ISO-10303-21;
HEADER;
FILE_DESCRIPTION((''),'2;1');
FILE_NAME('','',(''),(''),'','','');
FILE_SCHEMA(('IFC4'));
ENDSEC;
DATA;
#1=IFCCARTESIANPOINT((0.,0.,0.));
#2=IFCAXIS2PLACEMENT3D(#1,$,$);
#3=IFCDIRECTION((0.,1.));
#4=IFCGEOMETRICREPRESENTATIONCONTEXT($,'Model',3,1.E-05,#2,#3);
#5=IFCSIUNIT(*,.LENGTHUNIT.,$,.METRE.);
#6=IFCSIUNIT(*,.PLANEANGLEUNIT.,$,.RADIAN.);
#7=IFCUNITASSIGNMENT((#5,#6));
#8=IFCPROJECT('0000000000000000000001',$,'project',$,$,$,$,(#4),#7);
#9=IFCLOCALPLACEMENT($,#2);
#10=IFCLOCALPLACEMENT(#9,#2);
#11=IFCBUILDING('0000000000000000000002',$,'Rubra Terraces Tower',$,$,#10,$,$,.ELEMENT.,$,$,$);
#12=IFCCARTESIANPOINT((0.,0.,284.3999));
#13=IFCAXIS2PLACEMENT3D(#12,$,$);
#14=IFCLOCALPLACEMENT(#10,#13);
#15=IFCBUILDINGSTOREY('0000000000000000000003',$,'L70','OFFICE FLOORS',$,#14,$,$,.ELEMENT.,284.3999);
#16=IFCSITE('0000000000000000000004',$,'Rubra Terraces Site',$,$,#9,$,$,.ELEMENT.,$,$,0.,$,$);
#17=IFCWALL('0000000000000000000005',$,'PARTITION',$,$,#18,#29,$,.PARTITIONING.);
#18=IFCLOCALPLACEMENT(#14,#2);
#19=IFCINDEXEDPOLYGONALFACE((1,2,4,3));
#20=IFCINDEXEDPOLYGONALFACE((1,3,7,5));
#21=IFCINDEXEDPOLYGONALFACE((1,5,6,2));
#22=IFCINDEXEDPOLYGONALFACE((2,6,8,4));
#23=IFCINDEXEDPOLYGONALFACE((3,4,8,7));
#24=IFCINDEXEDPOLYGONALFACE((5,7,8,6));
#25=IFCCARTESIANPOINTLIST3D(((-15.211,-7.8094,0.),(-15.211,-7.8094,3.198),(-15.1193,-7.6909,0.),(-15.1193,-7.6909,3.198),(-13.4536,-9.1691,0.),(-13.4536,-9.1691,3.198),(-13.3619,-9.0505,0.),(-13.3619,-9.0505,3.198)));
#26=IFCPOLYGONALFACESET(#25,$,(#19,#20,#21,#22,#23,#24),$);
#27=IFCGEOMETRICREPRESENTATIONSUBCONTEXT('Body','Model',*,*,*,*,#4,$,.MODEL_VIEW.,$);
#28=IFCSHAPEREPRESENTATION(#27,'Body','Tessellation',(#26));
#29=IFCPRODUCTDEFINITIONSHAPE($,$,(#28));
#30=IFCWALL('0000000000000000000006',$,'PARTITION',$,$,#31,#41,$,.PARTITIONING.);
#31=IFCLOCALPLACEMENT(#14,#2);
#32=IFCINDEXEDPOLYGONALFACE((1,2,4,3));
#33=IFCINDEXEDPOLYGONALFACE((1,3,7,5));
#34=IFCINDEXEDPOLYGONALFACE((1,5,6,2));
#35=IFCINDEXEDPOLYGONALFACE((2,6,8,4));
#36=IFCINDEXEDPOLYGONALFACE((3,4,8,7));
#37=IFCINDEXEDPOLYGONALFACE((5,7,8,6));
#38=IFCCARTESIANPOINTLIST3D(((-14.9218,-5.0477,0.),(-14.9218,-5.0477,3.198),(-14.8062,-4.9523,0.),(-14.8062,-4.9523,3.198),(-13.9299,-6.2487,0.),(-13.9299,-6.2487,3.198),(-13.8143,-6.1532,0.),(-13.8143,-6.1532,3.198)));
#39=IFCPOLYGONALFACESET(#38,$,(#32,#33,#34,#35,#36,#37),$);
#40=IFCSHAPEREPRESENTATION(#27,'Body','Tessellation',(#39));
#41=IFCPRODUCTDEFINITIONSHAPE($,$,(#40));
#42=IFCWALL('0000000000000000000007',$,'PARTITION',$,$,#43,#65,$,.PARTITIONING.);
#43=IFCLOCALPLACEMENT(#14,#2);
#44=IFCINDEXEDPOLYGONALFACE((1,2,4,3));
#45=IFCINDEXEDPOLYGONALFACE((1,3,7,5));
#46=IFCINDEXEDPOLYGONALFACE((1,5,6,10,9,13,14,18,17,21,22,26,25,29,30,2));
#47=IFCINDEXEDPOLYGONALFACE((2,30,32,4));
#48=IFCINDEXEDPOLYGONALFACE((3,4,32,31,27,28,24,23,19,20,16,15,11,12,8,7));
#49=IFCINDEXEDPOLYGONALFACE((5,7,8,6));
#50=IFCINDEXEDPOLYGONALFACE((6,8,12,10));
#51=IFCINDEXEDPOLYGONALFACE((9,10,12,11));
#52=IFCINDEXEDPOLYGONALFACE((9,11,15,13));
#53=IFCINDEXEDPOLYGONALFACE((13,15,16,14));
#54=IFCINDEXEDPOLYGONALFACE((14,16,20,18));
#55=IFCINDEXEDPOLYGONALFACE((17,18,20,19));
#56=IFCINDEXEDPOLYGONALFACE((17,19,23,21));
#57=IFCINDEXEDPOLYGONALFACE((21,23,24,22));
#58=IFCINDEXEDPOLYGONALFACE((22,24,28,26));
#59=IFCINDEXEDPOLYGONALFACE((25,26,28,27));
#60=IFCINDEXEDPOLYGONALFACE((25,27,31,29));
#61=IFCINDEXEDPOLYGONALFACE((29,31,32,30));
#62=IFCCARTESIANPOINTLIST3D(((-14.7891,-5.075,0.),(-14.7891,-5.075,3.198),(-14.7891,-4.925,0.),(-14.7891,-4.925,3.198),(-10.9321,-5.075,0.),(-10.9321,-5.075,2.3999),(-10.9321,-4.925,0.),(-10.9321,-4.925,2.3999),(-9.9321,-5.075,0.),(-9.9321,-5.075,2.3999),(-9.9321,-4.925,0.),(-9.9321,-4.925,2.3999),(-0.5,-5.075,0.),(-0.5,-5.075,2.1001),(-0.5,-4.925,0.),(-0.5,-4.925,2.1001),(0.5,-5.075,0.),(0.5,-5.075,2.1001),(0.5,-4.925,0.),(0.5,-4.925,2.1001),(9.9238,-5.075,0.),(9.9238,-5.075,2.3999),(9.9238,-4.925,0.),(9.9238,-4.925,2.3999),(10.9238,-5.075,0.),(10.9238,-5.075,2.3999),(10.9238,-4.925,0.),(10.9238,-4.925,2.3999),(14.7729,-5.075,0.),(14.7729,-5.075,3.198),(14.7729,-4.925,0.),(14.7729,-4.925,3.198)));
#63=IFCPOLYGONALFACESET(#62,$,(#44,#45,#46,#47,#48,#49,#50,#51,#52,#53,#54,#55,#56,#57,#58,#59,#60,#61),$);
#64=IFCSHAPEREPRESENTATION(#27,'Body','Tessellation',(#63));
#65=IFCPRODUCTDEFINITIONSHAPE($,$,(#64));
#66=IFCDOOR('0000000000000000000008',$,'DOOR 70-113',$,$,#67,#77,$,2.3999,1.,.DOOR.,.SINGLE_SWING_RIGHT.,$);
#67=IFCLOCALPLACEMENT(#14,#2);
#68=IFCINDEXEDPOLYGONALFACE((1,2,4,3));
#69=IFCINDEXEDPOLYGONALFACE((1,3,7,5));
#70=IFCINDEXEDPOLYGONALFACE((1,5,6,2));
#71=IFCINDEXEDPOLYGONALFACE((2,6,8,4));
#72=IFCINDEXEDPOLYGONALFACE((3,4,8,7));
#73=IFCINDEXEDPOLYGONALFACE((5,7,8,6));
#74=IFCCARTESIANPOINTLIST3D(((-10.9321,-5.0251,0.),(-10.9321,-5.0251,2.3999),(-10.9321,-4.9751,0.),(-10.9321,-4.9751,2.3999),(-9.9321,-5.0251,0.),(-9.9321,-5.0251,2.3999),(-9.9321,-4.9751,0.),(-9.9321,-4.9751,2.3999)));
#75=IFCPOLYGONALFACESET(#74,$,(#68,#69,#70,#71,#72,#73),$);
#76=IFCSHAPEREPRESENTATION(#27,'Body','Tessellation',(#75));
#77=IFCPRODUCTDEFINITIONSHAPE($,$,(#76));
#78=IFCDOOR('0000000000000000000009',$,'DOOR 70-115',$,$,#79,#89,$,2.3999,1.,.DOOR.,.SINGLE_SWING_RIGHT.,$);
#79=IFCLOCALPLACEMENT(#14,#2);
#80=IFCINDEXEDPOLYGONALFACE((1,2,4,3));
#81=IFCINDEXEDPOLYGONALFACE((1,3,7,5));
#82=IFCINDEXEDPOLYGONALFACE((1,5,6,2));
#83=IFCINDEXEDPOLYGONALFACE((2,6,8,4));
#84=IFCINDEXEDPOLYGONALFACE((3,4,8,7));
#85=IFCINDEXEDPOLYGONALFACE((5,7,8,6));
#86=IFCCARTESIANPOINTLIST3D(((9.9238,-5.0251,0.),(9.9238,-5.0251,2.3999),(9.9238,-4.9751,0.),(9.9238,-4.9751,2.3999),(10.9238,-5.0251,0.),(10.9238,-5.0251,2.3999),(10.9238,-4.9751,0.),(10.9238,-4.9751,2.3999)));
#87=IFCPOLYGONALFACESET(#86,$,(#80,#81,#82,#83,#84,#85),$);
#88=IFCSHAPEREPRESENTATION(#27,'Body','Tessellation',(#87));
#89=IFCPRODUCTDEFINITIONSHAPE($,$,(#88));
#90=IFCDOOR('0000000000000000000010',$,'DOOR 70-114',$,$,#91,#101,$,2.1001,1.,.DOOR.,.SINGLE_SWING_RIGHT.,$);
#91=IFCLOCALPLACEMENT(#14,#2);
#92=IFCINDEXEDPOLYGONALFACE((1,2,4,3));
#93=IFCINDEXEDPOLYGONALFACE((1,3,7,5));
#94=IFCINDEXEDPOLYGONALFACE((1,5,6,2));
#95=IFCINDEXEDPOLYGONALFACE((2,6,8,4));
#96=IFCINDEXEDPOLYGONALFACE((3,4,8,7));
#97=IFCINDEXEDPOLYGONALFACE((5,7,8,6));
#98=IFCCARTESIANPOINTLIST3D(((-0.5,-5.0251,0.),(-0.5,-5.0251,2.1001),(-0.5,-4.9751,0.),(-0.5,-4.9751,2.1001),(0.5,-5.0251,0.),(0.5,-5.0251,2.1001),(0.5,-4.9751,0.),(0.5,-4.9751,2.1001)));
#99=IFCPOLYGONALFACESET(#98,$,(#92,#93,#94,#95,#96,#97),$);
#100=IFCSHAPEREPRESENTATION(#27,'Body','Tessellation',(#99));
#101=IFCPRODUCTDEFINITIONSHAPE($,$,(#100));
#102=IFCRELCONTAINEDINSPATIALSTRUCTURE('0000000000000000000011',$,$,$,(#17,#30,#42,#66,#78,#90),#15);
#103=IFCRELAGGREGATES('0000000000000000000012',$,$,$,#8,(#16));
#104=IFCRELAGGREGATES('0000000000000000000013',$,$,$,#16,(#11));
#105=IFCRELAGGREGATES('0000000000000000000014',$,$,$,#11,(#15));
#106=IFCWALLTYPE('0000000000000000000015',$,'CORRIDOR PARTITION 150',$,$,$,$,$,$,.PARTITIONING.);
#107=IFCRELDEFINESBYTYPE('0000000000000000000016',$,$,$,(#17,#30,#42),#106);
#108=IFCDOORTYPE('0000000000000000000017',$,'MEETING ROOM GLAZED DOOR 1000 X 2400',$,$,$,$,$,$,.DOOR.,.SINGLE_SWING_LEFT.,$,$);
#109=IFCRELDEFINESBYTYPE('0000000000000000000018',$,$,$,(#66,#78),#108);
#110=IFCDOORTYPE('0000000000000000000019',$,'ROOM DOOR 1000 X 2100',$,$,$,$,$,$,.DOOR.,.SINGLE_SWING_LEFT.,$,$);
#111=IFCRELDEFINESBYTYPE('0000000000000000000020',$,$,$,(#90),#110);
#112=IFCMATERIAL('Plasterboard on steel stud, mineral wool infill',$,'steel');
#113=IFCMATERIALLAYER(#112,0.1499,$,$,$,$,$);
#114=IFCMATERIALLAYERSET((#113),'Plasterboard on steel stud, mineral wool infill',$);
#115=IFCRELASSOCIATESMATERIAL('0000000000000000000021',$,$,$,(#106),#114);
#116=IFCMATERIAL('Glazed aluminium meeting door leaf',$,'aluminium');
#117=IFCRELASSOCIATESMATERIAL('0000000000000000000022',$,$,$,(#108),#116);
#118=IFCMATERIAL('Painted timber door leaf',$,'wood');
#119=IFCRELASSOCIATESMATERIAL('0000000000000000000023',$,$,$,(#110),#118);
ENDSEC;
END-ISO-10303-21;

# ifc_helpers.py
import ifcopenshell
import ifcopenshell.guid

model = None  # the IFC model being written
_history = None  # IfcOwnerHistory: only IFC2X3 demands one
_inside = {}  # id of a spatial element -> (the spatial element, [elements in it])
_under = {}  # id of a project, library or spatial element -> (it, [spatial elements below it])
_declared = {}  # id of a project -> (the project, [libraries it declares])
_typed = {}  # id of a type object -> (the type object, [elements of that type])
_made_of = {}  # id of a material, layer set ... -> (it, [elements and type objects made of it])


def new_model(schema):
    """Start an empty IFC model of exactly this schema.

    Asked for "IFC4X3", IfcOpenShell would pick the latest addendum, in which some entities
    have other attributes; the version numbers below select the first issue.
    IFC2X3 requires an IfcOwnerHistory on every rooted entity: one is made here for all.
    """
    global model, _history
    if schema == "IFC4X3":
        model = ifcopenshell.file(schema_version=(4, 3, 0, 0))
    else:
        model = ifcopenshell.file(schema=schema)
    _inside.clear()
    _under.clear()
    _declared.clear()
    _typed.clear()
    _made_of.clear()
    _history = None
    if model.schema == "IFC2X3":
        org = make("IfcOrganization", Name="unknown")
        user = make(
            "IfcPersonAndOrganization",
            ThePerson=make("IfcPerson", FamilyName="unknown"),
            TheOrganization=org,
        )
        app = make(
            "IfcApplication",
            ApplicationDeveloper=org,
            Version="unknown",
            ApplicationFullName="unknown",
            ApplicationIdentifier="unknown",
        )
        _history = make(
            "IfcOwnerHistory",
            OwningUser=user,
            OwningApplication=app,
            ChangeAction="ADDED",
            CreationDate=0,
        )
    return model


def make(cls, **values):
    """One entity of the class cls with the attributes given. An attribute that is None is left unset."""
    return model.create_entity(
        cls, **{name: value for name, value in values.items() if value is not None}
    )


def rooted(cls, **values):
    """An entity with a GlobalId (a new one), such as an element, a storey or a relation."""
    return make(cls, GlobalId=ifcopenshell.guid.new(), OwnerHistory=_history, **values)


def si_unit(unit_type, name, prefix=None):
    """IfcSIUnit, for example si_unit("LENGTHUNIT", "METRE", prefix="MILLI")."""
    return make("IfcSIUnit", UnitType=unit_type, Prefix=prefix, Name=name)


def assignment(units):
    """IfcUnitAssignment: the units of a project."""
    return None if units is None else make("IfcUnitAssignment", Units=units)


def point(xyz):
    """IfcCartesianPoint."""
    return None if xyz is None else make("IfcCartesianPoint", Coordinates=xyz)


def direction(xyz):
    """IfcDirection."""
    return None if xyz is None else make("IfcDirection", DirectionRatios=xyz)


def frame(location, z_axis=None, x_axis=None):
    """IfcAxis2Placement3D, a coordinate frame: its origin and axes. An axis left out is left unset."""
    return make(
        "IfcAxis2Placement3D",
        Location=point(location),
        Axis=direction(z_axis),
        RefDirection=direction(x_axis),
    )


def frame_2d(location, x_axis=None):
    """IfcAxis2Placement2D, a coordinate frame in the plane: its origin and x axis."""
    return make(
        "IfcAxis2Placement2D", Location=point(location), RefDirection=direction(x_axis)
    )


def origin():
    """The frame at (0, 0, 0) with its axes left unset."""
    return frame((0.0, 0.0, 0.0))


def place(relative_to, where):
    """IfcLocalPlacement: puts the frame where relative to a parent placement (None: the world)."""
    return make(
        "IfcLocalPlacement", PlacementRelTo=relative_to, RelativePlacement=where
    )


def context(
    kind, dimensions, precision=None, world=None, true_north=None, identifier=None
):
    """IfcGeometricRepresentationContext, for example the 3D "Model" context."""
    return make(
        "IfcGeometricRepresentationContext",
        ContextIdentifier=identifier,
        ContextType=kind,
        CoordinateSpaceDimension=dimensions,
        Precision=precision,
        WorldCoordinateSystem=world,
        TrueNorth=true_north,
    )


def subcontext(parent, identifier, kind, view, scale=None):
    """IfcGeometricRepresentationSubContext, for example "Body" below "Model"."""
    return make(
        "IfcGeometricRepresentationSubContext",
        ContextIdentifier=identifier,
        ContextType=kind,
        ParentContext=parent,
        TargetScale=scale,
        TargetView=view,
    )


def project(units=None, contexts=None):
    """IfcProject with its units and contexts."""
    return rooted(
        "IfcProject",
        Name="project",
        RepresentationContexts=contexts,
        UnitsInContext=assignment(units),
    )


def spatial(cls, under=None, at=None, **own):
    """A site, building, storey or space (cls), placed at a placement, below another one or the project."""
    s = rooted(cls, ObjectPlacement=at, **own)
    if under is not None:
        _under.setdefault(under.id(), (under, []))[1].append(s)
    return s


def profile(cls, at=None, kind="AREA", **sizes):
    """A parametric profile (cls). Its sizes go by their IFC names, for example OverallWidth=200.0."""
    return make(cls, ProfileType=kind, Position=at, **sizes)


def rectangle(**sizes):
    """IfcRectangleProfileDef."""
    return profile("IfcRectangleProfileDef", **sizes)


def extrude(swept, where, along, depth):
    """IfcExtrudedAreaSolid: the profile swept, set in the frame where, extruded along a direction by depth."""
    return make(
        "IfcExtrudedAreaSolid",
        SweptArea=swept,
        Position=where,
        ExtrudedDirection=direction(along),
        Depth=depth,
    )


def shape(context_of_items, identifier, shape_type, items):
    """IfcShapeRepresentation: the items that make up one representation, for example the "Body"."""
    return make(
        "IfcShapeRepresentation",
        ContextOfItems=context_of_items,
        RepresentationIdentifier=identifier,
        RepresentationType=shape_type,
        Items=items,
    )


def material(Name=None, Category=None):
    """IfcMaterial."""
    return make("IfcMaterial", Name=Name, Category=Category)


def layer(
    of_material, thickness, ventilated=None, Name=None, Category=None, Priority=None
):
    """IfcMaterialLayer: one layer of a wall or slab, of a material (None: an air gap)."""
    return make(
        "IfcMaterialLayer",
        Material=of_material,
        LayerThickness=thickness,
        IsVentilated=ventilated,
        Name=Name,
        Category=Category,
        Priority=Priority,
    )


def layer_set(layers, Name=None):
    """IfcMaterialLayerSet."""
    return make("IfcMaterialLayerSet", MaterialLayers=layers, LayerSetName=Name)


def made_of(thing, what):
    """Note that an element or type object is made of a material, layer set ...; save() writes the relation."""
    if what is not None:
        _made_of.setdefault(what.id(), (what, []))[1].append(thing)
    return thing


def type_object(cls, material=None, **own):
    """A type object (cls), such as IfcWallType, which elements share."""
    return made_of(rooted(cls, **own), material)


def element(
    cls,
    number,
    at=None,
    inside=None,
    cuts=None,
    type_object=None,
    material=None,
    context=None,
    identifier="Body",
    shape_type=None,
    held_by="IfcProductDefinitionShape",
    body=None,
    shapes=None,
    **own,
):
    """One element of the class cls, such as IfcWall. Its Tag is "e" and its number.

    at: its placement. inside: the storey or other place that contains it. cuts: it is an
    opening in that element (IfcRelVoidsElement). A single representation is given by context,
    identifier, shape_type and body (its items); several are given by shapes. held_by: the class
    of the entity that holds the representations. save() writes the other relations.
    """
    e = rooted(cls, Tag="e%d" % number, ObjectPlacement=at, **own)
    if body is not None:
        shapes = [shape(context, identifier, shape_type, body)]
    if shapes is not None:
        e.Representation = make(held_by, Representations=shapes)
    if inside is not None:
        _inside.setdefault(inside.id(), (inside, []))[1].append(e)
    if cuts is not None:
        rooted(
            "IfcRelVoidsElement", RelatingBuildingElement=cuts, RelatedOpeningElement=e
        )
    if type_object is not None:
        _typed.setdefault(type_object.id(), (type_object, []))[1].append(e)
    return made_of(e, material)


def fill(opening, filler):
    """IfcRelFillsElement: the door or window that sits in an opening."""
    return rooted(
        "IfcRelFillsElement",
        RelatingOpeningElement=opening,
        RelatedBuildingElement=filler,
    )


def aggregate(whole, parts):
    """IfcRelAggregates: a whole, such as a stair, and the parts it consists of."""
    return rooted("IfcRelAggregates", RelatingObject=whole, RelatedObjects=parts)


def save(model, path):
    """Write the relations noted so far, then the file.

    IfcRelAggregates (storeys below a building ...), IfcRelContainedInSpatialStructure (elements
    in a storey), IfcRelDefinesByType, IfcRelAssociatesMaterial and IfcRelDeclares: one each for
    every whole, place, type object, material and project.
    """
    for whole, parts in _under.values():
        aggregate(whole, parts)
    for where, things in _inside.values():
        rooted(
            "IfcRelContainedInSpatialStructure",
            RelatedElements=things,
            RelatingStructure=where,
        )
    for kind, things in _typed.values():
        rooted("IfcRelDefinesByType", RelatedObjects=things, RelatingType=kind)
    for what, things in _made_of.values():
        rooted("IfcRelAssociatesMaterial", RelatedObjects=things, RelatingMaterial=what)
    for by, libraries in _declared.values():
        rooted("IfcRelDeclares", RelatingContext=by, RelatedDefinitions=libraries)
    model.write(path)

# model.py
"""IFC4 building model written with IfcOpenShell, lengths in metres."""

from ifc_helpers import new_model, si_unit, direction, frame, frame_2d, origin, place, context, subcontext, project, spatial, rectangle, extrude, material, layer, layer_set, type_object, element, fill, save


model = new_model("IFC4")

# Units and contexts
model_context = context("Model", 3, precision=1e-05, world=origin(), true_north=direction((0.0, 1.0)))
body_context = subcontext(model_context, "Body", "Model", "MODEL_VIEW")
ifc_project = project(units=[si_unit("LENGTHUNIT", "METRE"), si_unit("PLANEANGLEUNIT", "RADIAN")], contexts=[model_context])

# Site, building, storey
site_placement = place(None, origin())
site = spatial("IfcSite", under=ifc_project, at=site_placement, Name="Rubra Terraces Site", CompositionType="ELEMENT", RefElevation=0.0)
building_placement = place(site_placement, origin())
building = spatial("IfcBuilding", under=site, at=building_placement, Name="Rubra Terraces Tower", CompositionType="ELEMENT")
storey_placement = place(building_placement, frame((0.0, 0.0, 284.3999)))
storey = spatial("IfcBuildingStorey", under=building, at=storey_placement, Name="L70", Description="OFFICE FLOORS", CompositionType="ELEMENT", Elevation=284.3999)

# Walls
ifc_material_1 = material(Name="Plasterboard on steel stud, mineral wool infill", Category="steel")
ifc_layer_1 = layer(ifc_material_1, 0.1499)
ifc_layer_set_1 = layer_set([ifc_layer_1], Name="Plasterboard on steel stud, mineral wool infill")
wall_type_1 = type_object("IfcWallType", Name="CORRIDOR PARTITION 150", PredefinedType="PARTITIONING", material=ifc_layer_set_1)
wall_1_placement = place(storey_placement, frame((-15.165, -7.7502, 0.0), z_axis=(0.0, 0.0, 1.0), x_axis=(0.790918, -0.611923, 0.0)))
element("IfcWall", 1, at=wall_1_placement, inside=storey, type_object=wall_type_1, Name="PARTITION", PredefinedType="PARTITIONING", context=body_context, shape_type="SweptSolid", body=[
    extrude(rectangle(XDim=2.2219, YDim=0.1499, at=frame_2d((1.1108, 0.0))), origin(), (0.0, 0.0, 1.0), 3.198),
])
wall_2_placement = place(storey_placement, frame((-13.8721, -6.2009, 0.0), z_axis=(0.0, 0.0, 1.0), x_axis=(-0.636833, 0.771002, 0.0)))
element("IfcWall", 2, at=wall_2_placement, inside=storey, type_object=wall_type_1, Name="PARTITION", PredefinedType="PARTITIONING", context=body_context, shape_type="SweptSolid", body=[
    extrude(rectangle(XDim=1.5576, YDim=0.1499, at=frame_2d((0.7788, 0.0))), origin(), (0.0, 0.0, 1.0), 3.198),
])

# Wall, openings, doors
wall_3_placement = place(storey_placement, frame((-14.7891, -5.0, 0.0), z_axis=(0.0, 0.0, 1.0), x_axis=(1.0, 0.0, 0.0)))
wall_3 = element("IfcWall", 3, at=wall_3_placement, inside=storey, type_object=wall_type_1, Name="PARTITION", PredefinedType="PARTITIONING", context=body_context, shape_type="SweptSolid", body=[
    extrude(rectangle(XDim=29.562, YDim=0.1499, at=frame_2d((14.781, 0.0))), origin(), (0.0, 0.0, 1.0), 3.198),
])
opening_1_placement = place(wall_3_placement, frame((3.8569, 0.0, 0.0)))
opening_1 = element("IfcOpeningElement", 4, at=opening_1_placement, cuts=wall_3, PredefinedType="OPENING", context=body_context, shape_type="SweptSolid", body=[
    extrude(rectangle(XDim=1.0, YDim=2.3999, at=frame_2d((0.5, 1.2))), frame((0.0, 0.085, 0.0), z_axis=(0.0, -1.0, 0.0), x_axis=(1.0, 0.0, 0.0)), (0.0, 0.0, 1.0), 0.1699),
])
opening_2_placement = place(wall_3_placement, frame((14.2891, 0.0, 0.0)))
opening_2 = element("IfcOpeningElement", 5, at=opening_2_placement, cuts=wall_3, PredefinedType="OPENING", context=body_context, shape_type="SweptSolid", body=[
    extrude(rectangle(XDim=1.0, YDim=2.1001, at=frame_2d((0.5, 1.05))), frame((0.0, 0.085, 0.0), z_axis=(0.0, -1.0, 0.0), x_axis=(1.0, 0.0, 0.0)), (0.0, 0.0, 1.0), 0.1699),
])
opening_3_placement = place(wall_3_placement, frame((24.7129, 0.0, 0.0)))
opening_3 = element("IfcOpeningElement", 6, at=opening_3_placement, cuts=wall_3, PredefinedType="OPENING", context=body_context, shape_type="SweptSolid", body=[
    extrude(rectangle(XDim=1.0, YDim=2.3999, at=frame_2d((0.5, 1.2))), frame((0.0, 0.085, 0.0), z_axis=(0.0, -1.0, 0.0), x_axis=(1.0, 0.0, 0.0)), (0.0, 0.0, 1.0), 0.1699),
])
ifc_material_2 = material(Name="Glazed aluminium meeting door leaf", Category="aluminium")
door_type_1 = type_object("IfcDoorType", Name="MEETING ROOM GLAZED DOOR 1000 X 2400", OperationType="SINGLE_SWING_LEFT", PredefinedType="DOOR", material=ifc_material_2)
door_1_placement = place(opening_1_placement, origin())
door_1 = element("IfcDoor", 7, at=door_1_placement, inside=storey, type_object=door_type_1, Name="DOOR 70-113", OperationType="SINGLE_SWING_RIGHT", OverallHeight=2.3999, OverallWidth=1.0, PredefinedType="DOOR", context=body_context, shape_type="SweptSolid", body=[
    extrude(rectangle(XDim=1.0, YDim=2.3999, at=frame_2d((0.5, 1.2))), frame((0.0, 0.0249, 0.0), z_axis=(0.0, -1.0, 0.0), x_axis=(1.0, 0.0, 0.0)), (0.0, 0.0, 1.0), 0.05),
])
fill(opening_1, door_1)
door_2_placement = place(opening_3_placement, origin())
door_2 = element("IfcDoor", 8, at=door_2_placement, inside=storey, type_object=door_type_1, Name="DOOR 70-115", OperationType="SINGLE_SWING_RIGHT", OverallHeight=2.3999, OverallWidth=1.0, PredefinedType="DOOR", context=body_context, shape_type="SweptSolid", body=[
    extrude(rectangle(XDim=1.0, YDim=2.3999, at=frame_2d((0.5, 1.2))), frame((0.0, 0.0249, 0.0), z_axis=(0.0, -1.0, 0.0), x_axis=(1.0, 0.0, 0.0)), (0.0, 0.0, 1.0), 0.05),
])
fill(opening_3, door_2)
ifc_material_3 = material(Name="Painted timber door leaf", Category="wood")
door_type_2 = type_object("IfcDoorType", Name="ROOM DOOR 1000 X 2100", OperationType="SINGLE_SWING_LEFT", PredefinedType="DOOR", material=ifc_material_3)
door_3_placement = place(opening_2_placement, origin())
door_3 = element("IfcDoor", 9, at=door_3_placement, inside=storey, type_object=door_type_2, Name="DOOR 70-114", OperationType="SINGLE_SWING_RIGHT", OverallHeight=2.1001, OverallWidth=1.0, PredefinedType="DOOR", context=body_context, shape_type="SweptSolid", body=[
    extrude(rectangle(XDim=1.0, YDim=2.1001, at=frame_2d((0.5, 1.05))), frame((0.0, 0.0249, 0.0), z_axis=(0.0, -1.0, 0.0), x_axis=(1.0, 0.0, 0.0)), (0.0, 0.0, 1.0), 0.05),
])
fill(opening_2, door_3)

save(model, "model.ifc")
